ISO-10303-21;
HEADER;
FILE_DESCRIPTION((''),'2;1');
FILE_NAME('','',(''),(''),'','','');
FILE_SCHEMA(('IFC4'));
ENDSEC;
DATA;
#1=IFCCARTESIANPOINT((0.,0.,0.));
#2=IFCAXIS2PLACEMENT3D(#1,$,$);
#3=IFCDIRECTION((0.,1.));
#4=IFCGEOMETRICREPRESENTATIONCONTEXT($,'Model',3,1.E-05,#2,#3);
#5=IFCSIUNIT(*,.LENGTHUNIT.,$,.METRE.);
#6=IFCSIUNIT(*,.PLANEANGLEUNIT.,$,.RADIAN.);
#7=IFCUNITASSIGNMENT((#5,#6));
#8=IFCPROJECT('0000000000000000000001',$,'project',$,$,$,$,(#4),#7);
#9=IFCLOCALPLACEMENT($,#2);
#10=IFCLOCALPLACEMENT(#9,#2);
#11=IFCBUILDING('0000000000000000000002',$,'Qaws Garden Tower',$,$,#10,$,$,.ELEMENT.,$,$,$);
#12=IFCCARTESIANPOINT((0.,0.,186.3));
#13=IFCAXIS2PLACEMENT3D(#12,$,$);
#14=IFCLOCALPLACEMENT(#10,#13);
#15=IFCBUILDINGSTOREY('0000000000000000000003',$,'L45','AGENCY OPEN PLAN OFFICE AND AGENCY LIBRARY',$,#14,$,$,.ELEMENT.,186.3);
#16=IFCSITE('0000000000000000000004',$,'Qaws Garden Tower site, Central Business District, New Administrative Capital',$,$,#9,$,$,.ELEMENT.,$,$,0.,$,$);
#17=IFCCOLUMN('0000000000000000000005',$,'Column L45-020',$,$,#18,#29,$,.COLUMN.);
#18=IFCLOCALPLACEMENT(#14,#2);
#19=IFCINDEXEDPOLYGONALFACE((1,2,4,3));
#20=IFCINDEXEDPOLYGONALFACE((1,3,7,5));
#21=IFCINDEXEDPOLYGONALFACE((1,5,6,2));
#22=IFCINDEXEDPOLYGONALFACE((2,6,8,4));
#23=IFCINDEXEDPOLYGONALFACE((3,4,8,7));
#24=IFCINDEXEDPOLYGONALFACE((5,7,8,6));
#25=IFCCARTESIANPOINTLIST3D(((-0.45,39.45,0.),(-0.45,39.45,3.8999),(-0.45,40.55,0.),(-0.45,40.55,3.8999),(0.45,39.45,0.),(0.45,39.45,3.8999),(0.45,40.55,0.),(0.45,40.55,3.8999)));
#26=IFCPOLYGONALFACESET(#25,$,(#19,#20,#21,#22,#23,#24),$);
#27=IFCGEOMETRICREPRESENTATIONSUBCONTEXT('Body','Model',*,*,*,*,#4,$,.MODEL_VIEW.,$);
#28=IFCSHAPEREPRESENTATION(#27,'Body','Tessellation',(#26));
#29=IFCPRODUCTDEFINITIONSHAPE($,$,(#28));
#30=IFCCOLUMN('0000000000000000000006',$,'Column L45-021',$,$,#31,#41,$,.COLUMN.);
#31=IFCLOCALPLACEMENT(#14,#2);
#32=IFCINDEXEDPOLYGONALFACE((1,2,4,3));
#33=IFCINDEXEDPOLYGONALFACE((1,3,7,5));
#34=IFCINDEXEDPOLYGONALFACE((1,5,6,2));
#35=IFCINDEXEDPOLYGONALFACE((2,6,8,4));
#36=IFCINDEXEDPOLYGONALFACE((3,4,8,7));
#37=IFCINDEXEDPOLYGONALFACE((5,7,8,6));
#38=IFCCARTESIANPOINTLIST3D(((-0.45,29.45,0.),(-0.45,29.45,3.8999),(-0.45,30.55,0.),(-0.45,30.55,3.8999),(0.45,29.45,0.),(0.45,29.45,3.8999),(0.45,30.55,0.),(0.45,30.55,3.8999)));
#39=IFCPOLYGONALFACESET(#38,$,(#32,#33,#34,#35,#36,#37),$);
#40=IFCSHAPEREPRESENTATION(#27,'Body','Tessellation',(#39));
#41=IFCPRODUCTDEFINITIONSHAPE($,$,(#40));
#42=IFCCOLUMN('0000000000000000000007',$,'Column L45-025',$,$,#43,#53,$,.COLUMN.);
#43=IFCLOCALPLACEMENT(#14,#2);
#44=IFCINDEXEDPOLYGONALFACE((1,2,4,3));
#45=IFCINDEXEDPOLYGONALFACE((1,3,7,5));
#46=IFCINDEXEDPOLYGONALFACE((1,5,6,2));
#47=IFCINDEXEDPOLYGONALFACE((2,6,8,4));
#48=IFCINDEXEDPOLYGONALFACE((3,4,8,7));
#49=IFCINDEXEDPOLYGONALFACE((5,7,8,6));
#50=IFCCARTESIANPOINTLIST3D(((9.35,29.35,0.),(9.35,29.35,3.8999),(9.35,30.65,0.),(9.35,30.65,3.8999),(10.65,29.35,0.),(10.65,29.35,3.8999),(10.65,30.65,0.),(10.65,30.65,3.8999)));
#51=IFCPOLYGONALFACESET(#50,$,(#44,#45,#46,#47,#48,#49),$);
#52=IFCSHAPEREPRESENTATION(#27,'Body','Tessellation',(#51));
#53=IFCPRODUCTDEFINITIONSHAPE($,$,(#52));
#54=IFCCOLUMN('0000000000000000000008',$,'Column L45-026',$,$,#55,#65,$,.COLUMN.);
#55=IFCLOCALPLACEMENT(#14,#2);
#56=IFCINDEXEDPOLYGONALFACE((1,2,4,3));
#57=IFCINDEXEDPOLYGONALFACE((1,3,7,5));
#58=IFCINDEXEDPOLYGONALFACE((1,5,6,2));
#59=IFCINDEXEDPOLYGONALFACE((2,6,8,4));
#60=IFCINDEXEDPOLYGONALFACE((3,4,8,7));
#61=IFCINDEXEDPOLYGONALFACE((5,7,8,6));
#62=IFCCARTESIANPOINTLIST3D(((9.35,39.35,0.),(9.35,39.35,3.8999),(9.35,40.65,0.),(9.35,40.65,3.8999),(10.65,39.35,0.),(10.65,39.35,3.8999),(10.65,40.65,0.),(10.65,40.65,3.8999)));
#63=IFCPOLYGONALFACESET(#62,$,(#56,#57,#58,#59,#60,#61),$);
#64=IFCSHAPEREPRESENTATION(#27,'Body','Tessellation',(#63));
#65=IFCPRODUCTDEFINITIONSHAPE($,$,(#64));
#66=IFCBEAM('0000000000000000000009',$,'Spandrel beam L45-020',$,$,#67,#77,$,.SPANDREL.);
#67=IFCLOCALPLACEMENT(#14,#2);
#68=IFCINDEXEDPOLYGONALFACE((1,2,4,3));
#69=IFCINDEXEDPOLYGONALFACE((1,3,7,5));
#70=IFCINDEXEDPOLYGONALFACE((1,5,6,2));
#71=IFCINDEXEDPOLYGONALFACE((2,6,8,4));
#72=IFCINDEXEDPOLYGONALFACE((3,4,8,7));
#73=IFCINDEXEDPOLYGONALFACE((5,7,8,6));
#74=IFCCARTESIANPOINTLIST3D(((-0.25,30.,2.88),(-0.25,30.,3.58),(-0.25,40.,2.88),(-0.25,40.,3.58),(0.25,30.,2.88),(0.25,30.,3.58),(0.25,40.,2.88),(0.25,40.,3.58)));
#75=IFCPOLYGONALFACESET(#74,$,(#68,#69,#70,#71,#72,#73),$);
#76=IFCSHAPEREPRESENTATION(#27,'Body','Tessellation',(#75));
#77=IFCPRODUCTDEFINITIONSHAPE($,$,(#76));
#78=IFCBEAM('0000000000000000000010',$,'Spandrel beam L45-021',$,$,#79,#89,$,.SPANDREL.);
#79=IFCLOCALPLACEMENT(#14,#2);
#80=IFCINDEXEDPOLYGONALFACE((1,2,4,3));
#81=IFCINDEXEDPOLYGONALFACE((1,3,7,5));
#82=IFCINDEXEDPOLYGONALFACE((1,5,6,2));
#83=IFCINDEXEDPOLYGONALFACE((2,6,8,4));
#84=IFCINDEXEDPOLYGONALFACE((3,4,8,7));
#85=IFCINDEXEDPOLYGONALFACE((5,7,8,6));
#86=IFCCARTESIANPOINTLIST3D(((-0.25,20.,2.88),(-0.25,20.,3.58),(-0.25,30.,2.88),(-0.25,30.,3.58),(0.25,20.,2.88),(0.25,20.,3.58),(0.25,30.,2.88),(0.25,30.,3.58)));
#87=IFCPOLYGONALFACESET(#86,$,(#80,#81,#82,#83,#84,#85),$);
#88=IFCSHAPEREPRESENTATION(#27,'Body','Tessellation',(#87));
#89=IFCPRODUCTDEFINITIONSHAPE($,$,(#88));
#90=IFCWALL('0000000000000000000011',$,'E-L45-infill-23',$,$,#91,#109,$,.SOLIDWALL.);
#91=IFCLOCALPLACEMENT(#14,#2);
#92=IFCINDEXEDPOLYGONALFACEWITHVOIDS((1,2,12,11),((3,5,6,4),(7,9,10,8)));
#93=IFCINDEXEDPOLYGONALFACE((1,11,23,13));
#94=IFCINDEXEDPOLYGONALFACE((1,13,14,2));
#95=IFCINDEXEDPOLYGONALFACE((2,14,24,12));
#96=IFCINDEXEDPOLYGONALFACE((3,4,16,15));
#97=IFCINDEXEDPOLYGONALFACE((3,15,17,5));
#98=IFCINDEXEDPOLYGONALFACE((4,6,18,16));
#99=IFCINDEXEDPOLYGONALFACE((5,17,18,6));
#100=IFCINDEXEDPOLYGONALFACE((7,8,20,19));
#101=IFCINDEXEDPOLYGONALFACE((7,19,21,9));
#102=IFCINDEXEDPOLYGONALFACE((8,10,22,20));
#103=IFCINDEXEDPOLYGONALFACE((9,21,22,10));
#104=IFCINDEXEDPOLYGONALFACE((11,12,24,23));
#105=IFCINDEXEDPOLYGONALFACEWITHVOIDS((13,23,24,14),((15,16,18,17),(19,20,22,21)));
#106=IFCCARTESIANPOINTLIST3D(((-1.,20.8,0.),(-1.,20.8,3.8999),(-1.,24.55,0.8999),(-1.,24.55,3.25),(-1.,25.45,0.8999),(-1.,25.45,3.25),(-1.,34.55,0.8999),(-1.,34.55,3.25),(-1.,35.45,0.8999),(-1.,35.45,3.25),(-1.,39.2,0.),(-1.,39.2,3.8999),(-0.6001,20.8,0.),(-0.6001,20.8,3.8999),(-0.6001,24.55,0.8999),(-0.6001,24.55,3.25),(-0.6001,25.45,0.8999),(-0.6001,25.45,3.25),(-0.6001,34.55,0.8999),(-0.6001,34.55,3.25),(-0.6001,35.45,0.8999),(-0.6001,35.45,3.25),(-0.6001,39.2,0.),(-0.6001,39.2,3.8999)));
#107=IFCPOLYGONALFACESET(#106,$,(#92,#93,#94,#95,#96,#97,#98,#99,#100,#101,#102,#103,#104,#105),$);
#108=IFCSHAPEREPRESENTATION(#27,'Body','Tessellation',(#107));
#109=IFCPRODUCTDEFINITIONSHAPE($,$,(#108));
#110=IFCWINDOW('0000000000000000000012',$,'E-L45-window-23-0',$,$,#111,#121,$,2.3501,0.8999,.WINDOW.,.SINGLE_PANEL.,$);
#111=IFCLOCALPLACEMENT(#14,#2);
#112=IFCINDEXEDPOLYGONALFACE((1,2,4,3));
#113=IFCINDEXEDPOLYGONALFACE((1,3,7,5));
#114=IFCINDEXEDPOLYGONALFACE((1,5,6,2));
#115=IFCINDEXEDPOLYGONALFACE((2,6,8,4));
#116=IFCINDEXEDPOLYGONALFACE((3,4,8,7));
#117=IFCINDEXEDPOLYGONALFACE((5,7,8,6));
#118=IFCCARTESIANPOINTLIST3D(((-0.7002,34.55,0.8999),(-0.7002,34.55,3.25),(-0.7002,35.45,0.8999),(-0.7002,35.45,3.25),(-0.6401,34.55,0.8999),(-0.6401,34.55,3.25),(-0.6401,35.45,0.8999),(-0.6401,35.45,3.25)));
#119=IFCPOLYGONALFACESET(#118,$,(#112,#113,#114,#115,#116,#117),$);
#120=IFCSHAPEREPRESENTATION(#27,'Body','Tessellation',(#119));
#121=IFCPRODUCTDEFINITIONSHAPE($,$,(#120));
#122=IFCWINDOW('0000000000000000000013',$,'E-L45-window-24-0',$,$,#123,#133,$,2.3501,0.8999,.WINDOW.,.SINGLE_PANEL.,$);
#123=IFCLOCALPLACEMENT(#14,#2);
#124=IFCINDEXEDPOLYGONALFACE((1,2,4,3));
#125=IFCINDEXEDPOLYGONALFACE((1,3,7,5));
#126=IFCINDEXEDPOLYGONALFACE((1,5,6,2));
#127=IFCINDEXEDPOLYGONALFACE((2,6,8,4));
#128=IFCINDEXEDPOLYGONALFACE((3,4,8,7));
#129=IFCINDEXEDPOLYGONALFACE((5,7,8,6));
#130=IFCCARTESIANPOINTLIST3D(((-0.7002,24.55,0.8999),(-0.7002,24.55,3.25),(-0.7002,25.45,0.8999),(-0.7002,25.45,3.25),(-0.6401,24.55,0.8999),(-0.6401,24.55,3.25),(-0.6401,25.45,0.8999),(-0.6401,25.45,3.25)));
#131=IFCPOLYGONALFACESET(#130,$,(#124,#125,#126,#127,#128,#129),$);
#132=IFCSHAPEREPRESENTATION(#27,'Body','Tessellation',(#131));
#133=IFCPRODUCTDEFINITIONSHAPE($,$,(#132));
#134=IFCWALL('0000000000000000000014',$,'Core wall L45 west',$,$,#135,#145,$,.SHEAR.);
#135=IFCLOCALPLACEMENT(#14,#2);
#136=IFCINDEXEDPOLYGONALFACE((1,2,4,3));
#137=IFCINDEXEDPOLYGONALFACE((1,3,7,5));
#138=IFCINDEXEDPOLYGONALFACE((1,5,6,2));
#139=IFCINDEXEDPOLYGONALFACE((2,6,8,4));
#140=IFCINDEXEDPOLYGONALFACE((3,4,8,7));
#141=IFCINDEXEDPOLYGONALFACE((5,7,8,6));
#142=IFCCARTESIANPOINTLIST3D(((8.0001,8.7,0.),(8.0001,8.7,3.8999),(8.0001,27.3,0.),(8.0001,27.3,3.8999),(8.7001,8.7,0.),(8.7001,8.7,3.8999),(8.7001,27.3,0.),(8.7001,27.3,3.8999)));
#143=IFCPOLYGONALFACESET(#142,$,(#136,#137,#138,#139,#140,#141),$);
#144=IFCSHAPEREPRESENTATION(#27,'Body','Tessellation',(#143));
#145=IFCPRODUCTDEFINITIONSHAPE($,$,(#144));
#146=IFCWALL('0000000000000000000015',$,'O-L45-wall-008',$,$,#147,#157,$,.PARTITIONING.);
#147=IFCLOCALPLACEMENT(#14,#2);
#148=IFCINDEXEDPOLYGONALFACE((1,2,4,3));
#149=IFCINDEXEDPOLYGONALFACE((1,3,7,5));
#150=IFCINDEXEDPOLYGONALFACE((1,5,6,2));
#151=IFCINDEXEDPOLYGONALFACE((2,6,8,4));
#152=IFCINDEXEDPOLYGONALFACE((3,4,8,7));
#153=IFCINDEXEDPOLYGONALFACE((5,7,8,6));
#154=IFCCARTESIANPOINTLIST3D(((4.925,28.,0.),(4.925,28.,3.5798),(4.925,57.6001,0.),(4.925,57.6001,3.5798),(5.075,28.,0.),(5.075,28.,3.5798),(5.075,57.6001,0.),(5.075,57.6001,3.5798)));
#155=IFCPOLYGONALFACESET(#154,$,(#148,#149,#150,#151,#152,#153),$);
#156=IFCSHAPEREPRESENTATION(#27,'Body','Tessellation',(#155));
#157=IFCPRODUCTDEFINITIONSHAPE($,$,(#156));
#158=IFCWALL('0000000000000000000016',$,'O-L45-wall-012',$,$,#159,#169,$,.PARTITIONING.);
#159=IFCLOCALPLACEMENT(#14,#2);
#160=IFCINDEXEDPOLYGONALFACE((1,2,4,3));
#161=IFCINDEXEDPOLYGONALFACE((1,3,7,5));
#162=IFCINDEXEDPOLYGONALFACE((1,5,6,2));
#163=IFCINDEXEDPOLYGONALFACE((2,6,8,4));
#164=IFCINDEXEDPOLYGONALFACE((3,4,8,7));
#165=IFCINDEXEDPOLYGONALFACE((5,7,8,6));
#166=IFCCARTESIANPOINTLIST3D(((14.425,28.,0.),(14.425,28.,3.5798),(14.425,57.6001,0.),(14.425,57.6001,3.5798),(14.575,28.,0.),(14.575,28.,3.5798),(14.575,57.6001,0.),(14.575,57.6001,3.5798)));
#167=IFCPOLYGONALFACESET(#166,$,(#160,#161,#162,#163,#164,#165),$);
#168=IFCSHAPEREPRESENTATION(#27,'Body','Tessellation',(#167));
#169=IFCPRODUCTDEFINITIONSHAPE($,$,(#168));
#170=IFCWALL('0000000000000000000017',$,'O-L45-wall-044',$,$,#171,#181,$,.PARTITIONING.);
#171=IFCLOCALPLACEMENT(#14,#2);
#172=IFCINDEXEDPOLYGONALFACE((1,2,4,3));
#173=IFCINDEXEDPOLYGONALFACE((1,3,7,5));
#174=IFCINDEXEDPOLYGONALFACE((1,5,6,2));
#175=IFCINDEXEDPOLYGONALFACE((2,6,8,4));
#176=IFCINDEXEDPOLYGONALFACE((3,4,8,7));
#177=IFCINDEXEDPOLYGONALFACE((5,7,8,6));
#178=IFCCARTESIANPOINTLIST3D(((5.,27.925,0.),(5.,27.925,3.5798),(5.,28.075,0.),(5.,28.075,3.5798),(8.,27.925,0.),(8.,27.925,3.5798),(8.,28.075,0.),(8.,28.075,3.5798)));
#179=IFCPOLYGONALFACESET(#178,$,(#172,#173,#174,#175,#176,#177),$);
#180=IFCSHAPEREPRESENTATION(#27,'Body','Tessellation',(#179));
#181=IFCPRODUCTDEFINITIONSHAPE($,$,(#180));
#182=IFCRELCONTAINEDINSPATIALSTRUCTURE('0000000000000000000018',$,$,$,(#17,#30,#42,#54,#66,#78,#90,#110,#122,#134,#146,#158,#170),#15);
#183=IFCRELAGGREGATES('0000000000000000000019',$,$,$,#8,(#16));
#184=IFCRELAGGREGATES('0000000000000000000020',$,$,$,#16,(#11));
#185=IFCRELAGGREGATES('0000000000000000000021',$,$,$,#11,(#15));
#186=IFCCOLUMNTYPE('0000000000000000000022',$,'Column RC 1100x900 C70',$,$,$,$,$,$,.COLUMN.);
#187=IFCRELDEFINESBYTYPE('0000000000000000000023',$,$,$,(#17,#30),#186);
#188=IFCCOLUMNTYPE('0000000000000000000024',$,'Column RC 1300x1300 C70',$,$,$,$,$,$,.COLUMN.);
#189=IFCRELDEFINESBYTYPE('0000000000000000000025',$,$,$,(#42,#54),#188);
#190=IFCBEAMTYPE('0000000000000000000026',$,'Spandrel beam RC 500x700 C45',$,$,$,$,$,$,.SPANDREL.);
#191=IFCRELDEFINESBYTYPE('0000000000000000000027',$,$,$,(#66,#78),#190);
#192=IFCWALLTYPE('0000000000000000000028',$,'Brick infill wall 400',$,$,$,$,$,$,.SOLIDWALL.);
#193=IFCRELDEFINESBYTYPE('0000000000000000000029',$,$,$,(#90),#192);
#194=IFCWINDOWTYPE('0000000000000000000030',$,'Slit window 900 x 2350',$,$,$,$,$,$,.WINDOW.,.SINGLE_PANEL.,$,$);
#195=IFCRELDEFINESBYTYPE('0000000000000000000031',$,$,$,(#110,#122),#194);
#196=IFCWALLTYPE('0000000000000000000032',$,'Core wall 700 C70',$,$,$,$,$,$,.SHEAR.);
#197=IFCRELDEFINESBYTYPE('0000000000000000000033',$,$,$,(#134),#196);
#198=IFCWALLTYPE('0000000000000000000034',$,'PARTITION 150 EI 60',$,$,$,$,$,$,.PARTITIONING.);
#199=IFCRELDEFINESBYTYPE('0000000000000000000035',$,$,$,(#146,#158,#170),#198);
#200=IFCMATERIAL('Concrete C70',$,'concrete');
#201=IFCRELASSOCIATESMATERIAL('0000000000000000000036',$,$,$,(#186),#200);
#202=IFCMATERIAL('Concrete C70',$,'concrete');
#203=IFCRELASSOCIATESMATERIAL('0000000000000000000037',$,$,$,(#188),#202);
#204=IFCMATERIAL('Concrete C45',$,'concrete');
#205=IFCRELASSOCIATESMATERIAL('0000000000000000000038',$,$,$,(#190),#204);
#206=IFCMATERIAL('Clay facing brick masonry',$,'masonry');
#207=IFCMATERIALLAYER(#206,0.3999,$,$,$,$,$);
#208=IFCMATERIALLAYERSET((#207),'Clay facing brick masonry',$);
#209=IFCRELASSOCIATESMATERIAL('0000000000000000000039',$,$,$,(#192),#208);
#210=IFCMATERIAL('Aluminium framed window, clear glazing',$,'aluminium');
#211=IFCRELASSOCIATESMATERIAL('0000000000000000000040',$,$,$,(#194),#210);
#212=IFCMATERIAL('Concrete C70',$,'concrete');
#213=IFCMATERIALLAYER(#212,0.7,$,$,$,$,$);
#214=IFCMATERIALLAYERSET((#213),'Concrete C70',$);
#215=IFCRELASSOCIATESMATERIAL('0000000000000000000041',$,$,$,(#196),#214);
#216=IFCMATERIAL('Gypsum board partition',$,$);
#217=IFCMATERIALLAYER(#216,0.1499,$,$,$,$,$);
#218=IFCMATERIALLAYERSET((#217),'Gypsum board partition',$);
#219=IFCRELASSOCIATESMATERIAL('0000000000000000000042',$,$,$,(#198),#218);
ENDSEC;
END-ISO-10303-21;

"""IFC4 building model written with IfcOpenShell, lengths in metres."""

from ifc_helpers import new_model, si_unit, direction, frame, frame_2d, origin, origin_2d, place, context, subcontext, project, spatial, rectangle, extrude, material, layer, layer_set, material_profile, profile_set, type_object, element, fill, save


model = new_model("IFC4")

# Units and contexts
model_context = context("Model", 3, precision=1e-05, world=origin(), true_north=direction((0.0, 1.0)))
body_context = subcontext(model_context, "Body", "Model", "MODEL_VIEW")
ifc_project = project(units=[si_unit("LENGTHUNIT", "METRE"), si_unit("PLANEANGLEUNIT", "RADIAN")], contexts=[model_context])

# Site, building, storey
site_placement = place(None, origin())
site = spatial("IfcSite", under=ifc_project, at=site_placement, Name="Qaws Garden Tower site, Central Business District, New Administrative Capital", CompositionType="ELEMENT", RefElevation=0.0)
building_placement = place(site_placement, origin())
building = spatial("IfcBuilding", under=site, at=building_placement, Name="Qaws Garden Tower", CompositionType="ELEMENT")
storey_placement = place(building_placement, frame((0.0, 0.0, 186.3)))
storey = spatial("IfcBuildingStorey", under=building, at=storey_placement, Name="L45", Description="AGENCY OPEN PLAN OFFICE AND AGENCY LIBRARY", CompositionType="ELEMENT", Elevation=186.3)

# Columns
ifc_material_1 = material(Name="Concrete C70", Category="concrete")
ifc_material_profile_1 = material_profile(ifc_material_1, rectangle(XDim=1.1001, YDim=0.8999, at=origin_2d()), Name="RC 1100x900")
ifc_profile_set_1 = profile_set([ifc_material_profile_1], Name="Concrete C70")
column_type_1 = type_object("IfcColumnType", Name="Column RC 1100x900 C70", PredefinedType="COLUMN", material=ifc_profile_set_1)
for number, where, z_axis, x_axis, name in (
    (1, (0.0, 40.0, 0.0), (0.0, 0.0, 1.0), (0.0, 1.0, 0.0), "Column L45-020"),
    (2, (0.0, 30.0, 0.0), (0.0, 0.0, 1.0), (0.0, 1.0, 0.0), "Column L45-021"),
):
    element("IfcColumn", number, at=place(storey_placement, frame(where, z_axis=z_axis, x_axis=x_axis)), inside=storey, type_object=column_type_1, Name=name, PredefinedType="COLUMN", context=body_context, shape_type="SweptSolid", body=[
        extrude(rectangle(XDim=1.1001, YDim=0.8999, at=origin_2d()), origin(), (0.0, 0.0, 1.0), 3.8999),
    ])
ifc_material_2 = material(Name="Concrete C70", Category="concrete")
ifc_material_profile_2 = material_profile(ifc_material_2, rectangle(XDim=1.3, YDim=1.3, at=origin_2d()), Name="RC 1300x1300")
ifc_profile_set_2 = profile_set([ifc_material_profile_2], Name="Concrete C70")
column_type_2 = type_object("IfcColumnType", Name="Column RC 1300x1300 C70", PredefinedType="COLUMN", material=ifc_profile_set_2)
for number, where, z_axis, x_axis, name in (
    (3, (10.0, 30.0, 0.0), (0.0, 0.0, 1.0), (1.0, 0.0, 0.0), "Column L45-025"),
    (4, (10.0, 40.0, 0.0), (0.0, 0.0, 1.0), (1.0, 0.0, 0.0), "Column L45-026"),
):
    element("IfcColumn", number, at=place(storey_placement, frame(where, z_axis=z_axis, x_axis=x_axis)), inside=storey, type_object=column_type_2, Name=name, PredefinedType="COLUMN", context=body_context, shape_type="SweptSolid", body=[
        extrude(rectangle(XDim=1.3, YDim=1.3, at=origin_2d()), origin(), (0.0, 0.0, 1.0), 3.8999),
    ])

# Beams
ifc_material_3 = material(Name="Concrete C45", Category="concrete")
ifc_material_profile_3 = material_profile(ifc_material_3, rectangle(XDim=0.5, YDim=0.7, at=origin_2d()), Name="RC 500x700")
ifc_profile_set_3 = profile_set([ifc_material_profile_3], Name="Concrete C45")
beam_type = type_object("IfcBeamType", Name="Spandrel beam RC 500x700 C45", PredefinedType="SPANDREL", material=ifc_profile_set_3)
for number, where, z_axis, x_axis, name in (
    (5, (0.0, 40.0, 3.23), (0.0, -1.0, 0.0), (1.0, 0.0, 0.0), "Spandrel beam L45-020"),
    (6, (0.0, 30.0, 3.23), (0.0, -1.0, 0.0), (1.0, 0.0, 0.0), "Spandrel beam L45-021"),
):
    element("IfcBeam", number, at=place(storey_placement, frame(where, z_axis=z_axis, x_axis=x_axis)), inside=storey, type_object=beam_type, Name=name, PredefinedType="SPANDREL", context=body_context, shape_type="SweptSolid", body=[
        extrude(rectangle(XDim=0.5, YDim=0.7, at=origin_2d()), origin(), (0.0, 0.0, 1.0), 10.0),
    ])

# Wall, openings, windows
ifc_material_4 = material(Name="Clay facing brick masonry", Category="masonry")
ifc_layer_1 = layer(ifc_material_4, 0.3999)
ifc_layer_set_1 = layer_set([ifc_layer_1], Name="Clay facing brick masonry")
wall_type_1 = type_object("IfcWallType", Name="Brick infill wall 400", PredefinedType="SOLIDWALL", material=ifc_layer_set_1)
wall_1_placement = place(storey_placement, frame((-0.8, 39.2, 0.0), z_axis=(0.0, 0.0, 1.0), x_axis=(0.0, -1.0, 0.0)))
wall_1 = element("IfcWall", 7, at=wall_1_placement, inside=storey, type_object=wall_type_1, Name="E-L45-infill-23", PredefinedType="SOLIDWALL", context=body_context, shape_type="SweptSolid", body=[
    extrude(rectangle(XDim=18.3999, YDim=0.3999, at=frame_2d((9.2, 0.0))), origin(), (0.0, 0.0, 1.0), 3.8999),
])
opening_1_placement = place(wall_1_placement, frame((3.75, 0.0, 0.8999)))
opening_1 = element("IfcOpeningElement", 8, at=opening_1_placement, cuts=wall_1, PredefinedType="OPENING", context=body_context, shape_type="SweptSolid", body=[
    extrude(rectangle(XDim=0.8999, YDim=2.3501, at=frame_2d((0.45, 1.175))), frame((0.0, 0.21, 0.0), z_axis=(0.0, -1.0, 0.0), x_axis=(1.0, 0.0, 0.0)), (0.0, 0.0, 1.0), 0.4199),
])
opening_2_placement = place(wall_1_placement, frame((13.75, 0.0, 0.8999)))
opening_2 = element("IfcOpeningElement", 9, at=opening_2_placement, cuts=wall_1, PredefinedType="OPENING", context=body_context, shape_type="SweptSolid", body=[
    extrude(rectangle(XDim=0.8999, YDim=2.3501, at=frame_2d((0.45, 1.175))), frame((0.0, 0.21, 0.0), z_axis=(0.0, -1.0, 0.0), x_axis=(1.0, 0.0, 0.0)), (0.0, 0.0, 1.0), 0.4199),
])
ifc_material_5 = material(Name="Aluminium framed window, clear glazing", Category="aluminium")
window_type = type_object("IfcWindowType", Name="Slit window 900 x 2350", PartitioningType="SINGLE_PANEL", PredefinedType="WINDOW", material=ifc_material_5)
window_1_placement = place(opening_1_placement, origin())
window_1 = element("IfcWindow", 10, at=window_1_placement, inside=storey, type_object=window_type, Name="E-L45-window-23-0", OverallHeight=2.3501, OverallWidth=0.8999, PartitioningType="SINGLE_PANEL", PredefinedType="WINDOW", context=body_context, shape_type="SweptSolid", body=[
    extrude(rectangle(XDim=0.8999, YDim=2.3501, at=frame_2d((0.45, 1.175))), frame((0.0, 0.1599, 0.0), z_axis=(0.0, -1.0, 0.0), x_axis=(1.0, 0.0, 0.0)), (0.0, 0.0, 1.0), 0.0601),
])
fill(opening_1, window_1)
window_2_placement = place(opening_2_placement, origin())
window_2 = element("IfcWindow", 11, at=window_2_placement, inside=storey, type_object=window_type, Name="E-L45-window-24-0", OverallHeight=2.3501, OverallWidth=0.8999, PartitioningType="SINGLE_PANEL", PredefinedType="WINDOW", context=body_context, shape_type="SweptSolid", body=[
    extrude(rectangle(XDim=0.8999, YDim=2.3501, at=frame_2d((0.45, 1.175))), frame((0.0, 0.1599, 0.0), z_axis=(0.0, -1.0, 0.0), x_axis=(1.0, 0.0, 0.0)), (0.0, 0.0, 1.0), 0.0601),
])
fill(opening_2, window_2)

# Walls
ifc_material_6 = material(Name="Concrete C70", Category="concrete")
ifc_layer_2 = layer(ifc_material_6, 0.7)
ifc_layer_set_2 = layer_set([ifc_layer_2], Name="Concrete C70")
wall_type_2 = type_object("IfcWallType", Name="Core wall 700 C70", PredefinedType="SHEAR", material=ifc_layer_set_2)
wall_2_placement = place(storey_placement, frame((8.3501, 27.3, 0.0), z_axis=(0.0, 0.0, 1.0), x_axis=(0.0, -1.0, 0.0)))
element("IfcWall", 12, at=wall_2_placement, inside=storey, type_object=wall_type_2, Name="Core wall L45 west", PredefinedType="SHEAR", context=body_context, shape_type="SweptSolid", body=[
    extrude(rectangle(XDim=18.6001, YDim=0.7, at=frame_2d((9.3, 0.0))), origin(), (0.0, 0.0, 1.0), 3.8999),
])
ifc_material_7 = material(Name="Gypsum board partition")
ifc_layer_3 = layer(ifc_material_7, 0.1499)
ifc_layer_set_3 = layer_set([ifc_layer_3], Name="Gypsum board partition")
wall_type_3 = type_object("IfcWallType", Name="PARTITION 150 EI 60", PredefinedType="PARTITIONING", material=ifc_layer_set_3)
for number, where, z_axis, x_axis, name in (
    (13, (5.0, 28.0, 0.0), (0.0, 0.0, 1.0), (0.0, 1.0, 0.0), "O-L45-wall-008"),
    (14, (14.5, 28.0, 0.0), (0.0, 0.0, 1.0), (0.0, 1.0, 0.0), "O-L45-wall-012"),
):
    element("IfcWall", number, at=place(storey_placement, frame(where, z_axis=z_axis, x_axis=x_axis)), inside=storey, type_object=wall_type_3, Name=name, PredefinedType="PARTITIONING", context=body_context, shape_type="SweptSolid", body=[
        extrude(rectangle(XDim=29.6001, YDim=0.1499, at=frame_2d((14.8, 0.0))), origin(), (0.0, 0.0, 1.0), 3.5798),
    ])
wall_3_placement = place(storey_placement, frame((5.0, 28.0, 0.0), z_axis=(0.0, 0.0, 1.0), x_axis=(1.0, 0.0, 0.0)))
element("IfcWall", 15, at=wall_3_placement, inside=storey, type_object=wall_type_3, Name="O-L45-wall-044", PredefinedType="PARTITIONING", context=body_context, shape_type="SweptSolid", body=[
    extrude(rectangle(XDim=3.0, YDim=0.1499, at=frame_2d((1.5, 0.0))), origin(), (0.0, 0.0, 1.0), 3.5798),
])

save(model, "model.ifc")
